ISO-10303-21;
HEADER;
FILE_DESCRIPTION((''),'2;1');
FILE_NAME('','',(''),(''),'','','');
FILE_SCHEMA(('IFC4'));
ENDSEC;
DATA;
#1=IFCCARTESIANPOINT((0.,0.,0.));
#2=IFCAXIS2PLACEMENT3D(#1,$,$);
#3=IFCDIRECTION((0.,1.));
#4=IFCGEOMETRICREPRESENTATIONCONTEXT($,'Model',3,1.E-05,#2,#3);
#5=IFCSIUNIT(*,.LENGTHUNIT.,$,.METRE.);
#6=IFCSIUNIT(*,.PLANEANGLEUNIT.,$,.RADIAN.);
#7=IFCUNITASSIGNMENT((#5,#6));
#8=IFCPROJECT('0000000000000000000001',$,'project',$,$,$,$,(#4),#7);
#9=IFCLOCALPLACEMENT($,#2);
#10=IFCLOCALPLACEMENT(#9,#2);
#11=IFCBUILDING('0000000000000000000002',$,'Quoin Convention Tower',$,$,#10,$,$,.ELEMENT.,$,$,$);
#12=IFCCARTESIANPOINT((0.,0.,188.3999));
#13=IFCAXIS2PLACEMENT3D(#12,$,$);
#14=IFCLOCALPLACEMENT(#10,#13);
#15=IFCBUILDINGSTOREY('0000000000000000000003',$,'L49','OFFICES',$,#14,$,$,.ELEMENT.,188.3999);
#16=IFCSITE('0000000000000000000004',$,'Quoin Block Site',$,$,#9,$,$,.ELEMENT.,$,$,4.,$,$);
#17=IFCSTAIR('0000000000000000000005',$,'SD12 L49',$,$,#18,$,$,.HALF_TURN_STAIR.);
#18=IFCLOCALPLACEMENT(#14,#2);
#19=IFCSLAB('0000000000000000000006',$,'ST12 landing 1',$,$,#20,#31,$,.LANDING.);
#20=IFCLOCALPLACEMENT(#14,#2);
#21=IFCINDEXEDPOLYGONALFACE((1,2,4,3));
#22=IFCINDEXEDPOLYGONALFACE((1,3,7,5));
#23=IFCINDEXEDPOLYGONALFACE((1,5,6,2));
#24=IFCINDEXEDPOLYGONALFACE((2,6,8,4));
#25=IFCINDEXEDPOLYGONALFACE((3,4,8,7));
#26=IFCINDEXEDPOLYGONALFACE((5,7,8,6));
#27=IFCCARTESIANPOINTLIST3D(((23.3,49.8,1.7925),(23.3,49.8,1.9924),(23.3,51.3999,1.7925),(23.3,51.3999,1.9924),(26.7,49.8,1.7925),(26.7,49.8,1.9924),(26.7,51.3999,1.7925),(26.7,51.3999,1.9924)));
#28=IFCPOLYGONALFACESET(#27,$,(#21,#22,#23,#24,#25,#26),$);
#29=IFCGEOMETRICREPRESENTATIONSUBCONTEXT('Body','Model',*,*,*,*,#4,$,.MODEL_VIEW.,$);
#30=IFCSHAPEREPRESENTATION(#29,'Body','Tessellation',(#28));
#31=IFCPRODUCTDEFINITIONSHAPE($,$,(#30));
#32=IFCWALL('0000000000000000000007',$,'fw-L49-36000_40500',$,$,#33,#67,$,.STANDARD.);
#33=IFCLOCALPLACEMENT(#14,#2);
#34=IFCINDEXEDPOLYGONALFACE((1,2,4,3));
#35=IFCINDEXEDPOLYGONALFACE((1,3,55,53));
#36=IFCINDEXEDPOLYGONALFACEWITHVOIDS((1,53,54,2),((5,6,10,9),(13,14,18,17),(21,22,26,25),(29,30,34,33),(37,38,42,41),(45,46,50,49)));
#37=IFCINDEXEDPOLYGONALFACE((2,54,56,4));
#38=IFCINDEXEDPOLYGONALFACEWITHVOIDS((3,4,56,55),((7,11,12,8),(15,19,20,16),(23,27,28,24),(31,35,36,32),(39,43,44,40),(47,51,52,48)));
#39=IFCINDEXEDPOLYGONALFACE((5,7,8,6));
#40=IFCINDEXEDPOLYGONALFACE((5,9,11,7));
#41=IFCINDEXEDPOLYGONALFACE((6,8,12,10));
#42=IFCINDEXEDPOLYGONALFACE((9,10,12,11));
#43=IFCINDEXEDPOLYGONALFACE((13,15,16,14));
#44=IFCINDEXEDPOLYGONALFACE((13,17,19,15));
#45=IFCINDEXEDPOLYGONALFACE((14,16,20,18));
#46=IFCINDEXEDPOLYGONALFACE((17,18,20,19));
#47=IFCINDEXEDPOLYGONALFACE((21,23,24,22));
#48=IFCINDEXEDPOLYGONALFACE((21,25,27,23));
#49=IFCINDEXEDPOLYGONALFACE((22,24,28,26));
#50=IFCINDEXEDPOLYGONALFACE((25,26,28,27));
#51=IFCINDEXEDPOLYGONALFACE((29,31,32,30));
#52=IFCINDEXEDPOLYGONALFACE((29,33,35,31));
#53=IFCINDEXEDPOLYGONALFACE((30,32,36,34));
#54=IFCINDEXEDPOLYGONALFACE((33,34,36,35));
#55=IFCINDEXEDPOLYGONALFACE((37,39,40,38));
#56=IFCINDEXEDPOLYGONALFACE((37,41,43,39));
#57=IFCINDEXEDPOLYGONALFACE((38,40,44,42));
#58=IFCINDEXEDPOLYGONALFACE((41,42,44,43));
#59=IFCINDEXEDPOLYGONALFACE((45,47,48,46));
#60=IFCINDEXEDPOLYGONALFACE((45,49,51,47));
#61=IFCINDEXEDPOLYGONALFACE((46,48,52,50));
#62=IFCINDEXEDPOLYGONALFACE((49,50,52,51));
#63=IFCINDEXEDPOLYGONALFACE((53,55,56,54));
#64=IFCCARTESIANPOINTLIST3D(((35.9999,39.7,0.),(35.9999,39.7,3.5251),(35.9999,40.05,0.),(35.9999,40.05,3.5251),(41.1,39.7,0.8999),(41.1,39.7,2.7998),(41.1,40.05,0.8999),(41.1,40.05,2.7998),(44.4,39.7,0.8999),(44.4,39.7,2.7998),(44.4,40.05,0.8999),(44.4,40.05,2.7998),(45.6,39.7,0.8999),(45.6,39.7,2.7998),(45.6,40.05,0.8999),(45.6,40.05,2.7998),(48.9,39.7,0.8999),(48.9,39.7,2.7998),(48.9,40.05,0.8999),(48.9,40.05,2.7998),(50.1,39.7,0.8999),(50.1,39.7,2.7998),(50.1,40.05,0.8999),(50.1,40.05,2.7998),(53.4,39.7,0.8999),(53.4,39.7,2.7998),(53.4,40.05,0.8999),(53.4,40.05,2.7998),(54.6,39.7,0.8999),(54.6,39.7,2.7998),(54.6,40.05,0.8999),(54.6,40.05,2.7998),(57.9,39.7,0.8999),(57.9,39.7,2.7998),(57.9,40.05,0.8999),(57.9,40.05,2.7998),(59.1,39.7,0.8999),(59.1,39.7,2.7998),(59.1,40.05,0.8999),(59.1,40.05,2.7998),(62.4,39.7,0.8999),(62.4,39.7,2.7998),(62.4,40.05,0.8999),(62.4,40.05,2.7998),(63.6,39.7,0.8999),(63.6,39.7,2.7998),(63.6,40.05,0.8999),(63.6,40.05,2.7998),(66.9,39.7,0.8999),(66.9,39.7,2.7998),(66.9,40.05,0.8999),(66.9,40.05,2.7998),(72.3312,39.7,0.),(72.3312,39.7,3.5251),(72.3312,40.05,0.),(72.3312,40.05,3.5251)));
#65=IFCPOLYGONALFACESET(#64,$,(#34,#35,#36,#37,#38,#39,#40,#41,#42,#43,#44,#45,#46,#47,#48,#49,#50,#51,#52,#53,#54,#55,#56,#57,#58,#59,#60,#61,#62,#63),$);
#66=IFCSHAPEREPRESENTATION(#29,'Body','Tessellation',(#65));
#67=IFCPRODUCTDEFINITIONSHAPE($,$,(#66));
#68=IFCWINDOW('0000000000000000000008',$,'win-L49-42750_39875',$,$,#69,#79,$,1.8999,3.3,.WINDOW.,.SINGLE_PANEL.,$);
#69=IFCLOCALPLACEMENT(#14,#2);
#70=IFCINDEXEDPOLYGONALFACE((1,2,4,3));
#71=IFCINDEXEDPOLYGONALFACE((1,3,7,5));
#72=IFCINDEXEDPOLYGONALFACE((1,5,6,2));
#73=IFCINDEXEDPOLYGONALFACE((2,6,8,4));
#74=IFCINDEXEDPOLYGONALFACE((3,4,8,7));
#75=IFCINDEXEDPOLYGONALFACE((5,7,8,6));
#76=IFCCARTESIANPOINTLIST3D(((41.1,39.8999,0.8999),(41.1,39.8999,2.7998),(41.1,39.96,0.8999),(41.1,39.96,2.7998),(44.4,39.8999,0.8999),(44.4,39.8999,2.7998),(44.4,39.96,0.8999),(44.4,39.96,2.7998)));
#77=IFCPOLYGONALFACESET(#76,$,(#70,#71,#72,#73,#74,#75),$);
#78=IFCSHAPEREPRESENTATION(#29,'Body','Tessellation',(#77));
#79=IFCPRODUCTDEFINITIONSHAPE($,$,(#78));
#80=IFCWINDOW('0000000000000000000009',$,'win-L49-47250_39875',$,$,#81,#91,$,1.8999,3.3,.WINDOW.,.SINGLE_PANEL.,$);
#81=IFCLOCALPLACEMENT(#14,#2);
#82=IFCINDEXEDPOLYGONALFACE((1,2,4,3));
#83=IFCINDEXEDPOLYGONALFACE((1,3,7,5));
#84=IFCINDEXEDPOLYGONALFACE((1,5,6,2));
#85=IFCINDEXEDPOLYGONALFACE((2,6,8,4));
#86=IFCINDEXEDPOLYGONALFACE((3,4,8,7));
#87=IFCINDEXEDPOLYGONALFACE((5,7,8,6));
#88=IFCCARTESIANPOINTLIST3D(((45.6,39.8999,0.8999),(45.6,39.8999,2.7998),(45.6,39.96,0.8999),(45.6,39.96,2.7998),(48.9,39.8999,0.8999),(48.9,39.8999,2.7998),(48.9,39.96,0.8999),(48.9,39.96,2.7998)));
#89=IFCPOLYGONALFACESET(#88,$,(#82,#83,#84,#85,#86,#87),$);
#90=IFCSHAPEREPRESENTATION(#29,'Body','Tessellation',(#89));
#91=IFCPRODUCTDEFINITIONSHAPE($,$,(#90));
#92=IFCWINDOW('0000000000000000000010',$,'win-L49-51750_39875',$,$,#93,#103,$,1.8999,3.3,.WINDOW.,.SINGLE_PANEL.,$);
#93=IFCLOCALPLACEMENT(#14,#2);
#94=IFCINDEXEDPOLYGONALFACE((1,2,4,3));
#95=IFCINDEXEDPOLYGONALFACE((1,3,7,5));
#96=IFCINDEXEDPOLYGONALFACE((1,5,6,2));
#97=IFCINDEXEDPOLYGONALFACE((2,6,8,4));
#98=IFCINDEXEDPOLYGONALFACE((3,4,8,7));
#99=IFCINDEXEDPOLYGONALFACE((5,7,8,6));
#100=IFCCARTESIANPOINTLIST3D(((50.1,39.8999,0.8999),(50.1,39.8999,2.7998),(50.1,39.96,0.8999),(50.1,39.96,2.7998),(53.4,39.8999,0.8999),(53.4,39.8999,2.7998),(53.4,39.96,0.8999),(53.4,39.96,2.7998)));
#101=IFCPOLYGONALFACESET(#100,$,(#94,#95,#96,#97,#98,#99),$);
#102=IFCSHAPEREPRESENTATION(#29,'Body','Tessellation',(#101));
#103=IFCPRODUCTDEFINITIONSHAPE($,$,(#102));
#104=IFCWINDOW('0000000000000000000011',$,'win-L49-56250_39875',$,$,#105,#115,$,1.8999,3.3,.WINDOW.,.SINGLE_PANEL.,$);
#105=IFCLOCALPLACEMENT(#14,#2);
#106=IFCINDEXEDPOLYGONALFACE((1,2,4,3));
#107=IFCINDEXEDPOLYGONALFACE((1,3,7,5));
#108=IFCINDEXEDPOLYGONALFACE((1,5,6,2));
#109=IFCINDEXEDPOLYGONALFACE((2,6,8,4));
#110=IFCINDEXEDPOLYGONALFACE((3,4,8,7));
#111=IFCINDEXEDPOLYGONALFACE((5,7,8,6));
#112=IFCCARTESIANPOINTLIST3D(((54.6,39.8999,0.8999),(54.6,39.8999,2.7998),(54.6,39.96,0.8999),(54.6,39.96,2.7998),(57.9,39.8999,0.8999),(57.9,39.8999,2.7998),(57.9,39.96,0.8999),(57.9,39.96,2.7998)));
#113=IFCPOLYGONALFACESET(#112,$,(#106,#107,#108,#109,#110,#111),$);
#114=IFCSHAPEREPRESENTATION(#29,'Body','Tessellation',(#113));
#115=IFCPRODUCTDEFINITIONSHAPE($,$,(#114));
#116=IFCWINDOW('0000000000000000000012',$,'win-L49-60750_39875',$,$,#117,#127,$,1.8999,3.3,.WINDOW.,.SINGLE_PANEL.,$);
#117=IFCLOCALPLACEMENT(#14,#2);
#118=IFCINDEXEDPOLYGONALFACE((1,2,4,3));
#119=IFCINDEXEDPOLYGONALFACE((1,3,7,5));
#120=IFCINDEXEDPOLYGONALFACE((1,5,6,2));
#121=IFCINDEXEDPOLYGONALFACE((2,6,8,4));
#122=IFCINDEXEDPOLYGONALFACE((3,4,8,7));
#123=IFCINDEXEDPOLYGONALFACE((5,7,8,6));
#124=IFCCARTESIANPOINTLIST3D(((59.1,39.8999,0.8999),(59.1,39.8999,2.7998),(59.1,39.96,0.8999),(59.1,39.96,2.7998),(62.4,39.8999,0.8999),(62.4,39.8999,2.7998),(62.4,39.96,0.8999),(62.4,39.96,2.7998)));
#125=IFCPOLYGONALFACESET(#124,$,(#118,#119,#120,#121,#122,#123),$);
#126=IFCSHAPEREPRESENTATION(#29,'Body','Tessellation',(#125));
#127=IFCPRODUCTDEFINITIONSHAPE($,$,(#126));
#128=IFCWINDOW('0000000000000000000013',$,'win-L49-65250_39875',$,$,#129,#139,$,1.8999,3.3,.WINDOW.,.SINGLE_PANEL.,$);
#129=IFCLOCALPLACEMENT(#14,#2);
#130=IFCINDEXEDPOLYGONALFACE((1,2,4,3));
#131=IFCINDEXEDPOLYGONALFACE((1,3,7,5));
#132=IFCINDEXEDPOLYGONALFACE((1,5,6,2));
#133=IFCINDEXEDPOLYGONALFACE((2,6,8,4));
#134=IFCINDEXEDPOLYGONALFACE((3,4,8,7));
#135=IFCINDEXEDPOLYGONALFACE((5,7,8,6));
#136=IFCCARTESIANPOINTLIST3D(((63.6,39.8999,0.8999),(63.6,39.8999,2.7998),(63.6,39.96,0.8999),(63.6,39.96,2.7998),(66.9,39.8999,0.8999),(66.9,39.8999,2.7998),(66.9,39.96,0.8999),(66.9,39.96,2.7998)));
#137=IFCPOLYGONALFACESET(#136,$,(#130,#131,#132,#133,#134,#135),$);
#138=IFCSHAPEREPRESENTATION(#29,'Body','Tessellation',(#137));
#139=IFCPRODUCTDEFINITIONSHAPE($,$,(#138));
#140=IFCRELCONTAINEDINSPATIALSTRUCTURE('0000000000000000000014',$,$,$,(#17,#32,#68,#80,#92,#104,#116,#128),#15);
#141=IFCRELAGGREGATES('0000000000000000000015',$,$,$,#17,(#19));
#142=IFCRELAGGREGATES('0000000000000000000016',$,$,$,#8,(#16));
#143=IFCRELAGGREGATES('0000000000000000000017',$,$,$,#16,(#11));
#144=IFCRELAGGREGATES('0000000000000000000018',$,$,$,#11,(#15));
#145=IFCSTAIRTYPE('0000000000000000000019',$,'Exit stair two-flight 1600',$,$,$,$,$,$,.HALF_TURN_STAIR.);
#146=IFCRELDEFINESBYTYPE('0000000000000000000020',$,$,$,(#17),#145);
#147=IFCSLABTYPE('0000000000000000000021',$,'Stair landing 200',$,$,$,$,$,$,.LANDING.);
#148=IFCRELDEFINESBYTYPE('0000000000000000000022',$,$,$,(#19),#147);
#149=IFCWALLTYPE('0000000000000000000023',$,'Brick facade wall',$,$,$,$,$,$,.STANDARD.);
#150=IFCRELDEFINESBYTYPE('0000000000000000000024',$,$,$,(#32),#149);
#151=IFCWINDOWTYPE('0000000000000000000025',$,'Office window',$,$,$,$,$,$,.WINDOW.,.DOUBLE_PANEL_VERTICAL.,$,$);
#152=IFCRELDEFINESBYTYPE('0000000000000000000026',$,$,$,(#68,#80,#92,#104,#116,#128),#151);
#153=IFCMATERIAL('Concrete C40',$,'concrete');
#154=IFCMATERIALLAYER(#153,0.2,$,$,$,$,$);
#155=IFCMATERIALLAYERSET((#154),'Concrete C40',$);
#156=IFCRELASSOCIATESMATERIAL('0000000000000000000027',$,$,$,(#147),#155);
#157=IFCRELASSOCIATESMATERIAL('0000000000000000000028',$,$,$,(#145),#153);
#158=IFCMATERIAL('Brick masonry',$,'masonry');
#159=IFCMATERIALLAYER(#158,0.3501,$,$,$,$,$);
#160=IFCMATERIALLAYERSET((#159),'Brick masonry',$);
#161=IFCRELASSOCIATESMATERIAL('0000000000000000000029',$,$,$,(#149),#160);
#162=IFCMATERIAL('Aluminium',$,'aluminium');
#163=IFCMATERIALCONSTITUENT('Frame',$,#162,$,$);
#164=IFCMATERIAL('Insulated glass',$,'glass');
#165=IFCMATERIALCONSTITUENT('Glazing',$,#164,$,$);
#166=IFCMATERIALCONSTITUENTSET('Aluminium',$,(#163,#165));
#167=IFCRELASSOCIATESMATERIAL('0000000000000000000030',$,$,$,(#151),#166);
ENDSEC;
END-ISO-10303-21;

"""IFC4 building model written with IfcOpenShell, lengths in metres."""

from ifc_helpers import new_model, si_unit, direction, frame, frame_2d, origin, place, context, subcontext, project, spatial, polyline, rectangle, outline, extrude, material, layer, layer_set, constituent, constituent_set, type_object, element, fill, aggregate, save


model = new_model("IFC4")

# Units and contexts
model_context = context("Model", 3, precision=1e-05, world=origin(), true_north=direction((0.0, 1.0)))
body_context = subcontext(model_context, "Body", "Model", "MODEL_VIEW")
ifc_project = project(units=[si_unit("LENGTHUNIT", "METRE"), si_unit("PLANEANGLEUNIT", "RADIAN")], contexts=[model_context])

# Site, building, storey
site_placement = place(None, origin())
site = spatial("IfcSite", under=ifc_project, at=site_placement, Name="Quoin Block Site", CompositionType="ELEMENT", RefElevation=4.0)
building_placement = place(site_placement, origin())
building = spatial("IfcBuilding", under=site, at=building_placement, Name="Quoin Convention Tower", CompositionType="ELEMENT")
storey_placement = place(building_placement, frame((0.0, 0.0, 188.3999)))
storey = spatial("IfcBuildingStorey", under=building, at=storey_placement, Name="L49", Description="OFFICES", CompositionType="ELEMENT", Elevation=188.3999)

# Shared definitions
ifc_material_1 = material(Name="Concrete C40", Category="concrete")

# Stair, slab
ifc_layer_1 = layer(ifc_material_1, 0.2)
ifc_layer_set_1 = layer_set([ifc_layer_1], Name="Concrete C40")
slab_type_1 = type_object("IfcSlabType", Name="Stair landing 200", PredefinedType="LANDING", material=ifc_layer_set_1)
stair_type_1 = type_object("IfcStairType", Name="Exit stair two-flight 1600", PredefinedType="HALF_TURN_STAIR", material=ifc_material_1)
stair_1_placement = place(storey_placement, origin())
stair_1 = element("IfcStair", 1, at=stair_1_placement, inside=storey, type_object=stair_type_1, Name="SD12 L49", PredefinedType="HALF_TURN_STAIR")
slab_1_placement = place(storey_placement, frame((0.0, 0.0, 1.7925)))
slab_1 = element("IfcSlab", 2, at=slab_1_placement, type_object=slab_type_1, Name="ST12 landing 1", PredefinedType="LANDING", context=body_context, shape_type="SweptSolid", body=[
    extrude(outline(polyline([(26.7, 51.3999), (23.3, 51.3999), (23.3, 49.8), (26.7, 49.8), (26.7, 51.3999)])), origin(), (0.0, 0.0, 1.0), 0.2),
])
aggregate(stair_1, [slab_1])

# Wall, openings, windows
ifc_material_2 = material(Name="Brick masonry", Category="masonry")
ifc_layer_2 = layer(ifc_material_2, 0.3501)
ifc_layer_set_2 = layer_set([ifc_layer_2], Name="Brick masonry")
wall_type_1 = type_object("IfcWallType", Name="Brick facade wall", PredefinedType="STANDARD", material=ifc_layer_set_2)
wall_1_placement = place(storey_placement, frame((36.0, 39.875, 0.0), z_axis=(0.0, 0.0, 1.0), x_axis=(1.0, 0.0, 0.0)))
wall_1 = element("IfcWall", 3, at=wall_1_placement, inside=storey, type_object=wall_type_1, Name="fw-L49-36000_40500", PredefinedType="STANDARD", context=body_context, shape_type="SweptSolid", body=[
    extrude(rectangle(XDim=36.3313, YDim=0.3501, at=frame_2d((18.1655, 0.0))), origin(), (0.0, 0.0, 1.0), 3.5251),
])
opening_1_placement = place(wall_1_placement, frame((5.1001, 0.0, 0.8999)))
opening_1 = element("IfcOpeningElement", 4, at=opening_1_placement, cuts=wall_1, PredefinedType="OPENING", context=body_context, shape_type="SweptSolid", body=[
    extrude(rectangle(XDim=3.3, YDim=1.8999, at=frame_2d((1.6499, 0.95))), frame((0.0, 0.1851, 0.0), z_axis=(0.0, -1.0, 0.0), x_axis=(1.0, 0.0, 0.0)), (0.0, 0.0, 1.0), 0.3701),
])
opening_2_placement = place(wall_1_placement, frame((9.6001, 0.0, 0.8999)))
opening_2 = element("IfcOpeningElement", 5, at=opening_2_placement, cuts=wall_1, PredefinedType="OPENING", context=body_context, shape_type="SweptSolid", body=[
    extrude(rectangle(XDim=3.3, YDim=1.8999, at=frame_2d((1.6499, 0.95))), frame((0.0, 0.1851, 0.0), z_axis=(0.0, -1.0, 0.0), x_axis=(1.0, 0.0, 0.0)), (0.0, 0.0, 1.0), 0.3701),
])
opening_3_placement = place(wall_1_placement, frame((14.1001, 0.0, 0.8999)))
opening_3 = element("IfcOpeningElement", 6, at=opening_3_placement, cuts=wall_1, PredefinedType="OPENING", context=body_context, shape_type="SweptSolid", body=[
    extrude(rectangle(XDim=3.3, YDim=1.8999, at=frame_2d((1.6499, 0.95))), frame((0.0, 0.1851, 0.0), z_axis=(0.0, -1.0, 0.0), x_axis=(1.0, 0.0, 0.0)), (0.0, 0.0, 1.0), 0.3701),
])
opening_4_placement = place(wall_1_placement, frame((18.6001, 0.0, 0.8999)))
opening_4 = element("IfcOpeningElement", 7, at=opening_4_placement, cuts=wall_1, PredefinedType="OPENING", context=body_context, shape_type="SweptSolid", body=[
    extrude(rectangle(XDim=3.3, YDim=1.8999, at=frame_2d((1.6499, 0.95))), frame((0.0, 0.1851, 0.0), z_axis=(0.0, -1.0, 0.0), x_axis=(1.0, 0.0, 0.0)), (0.0, 0.0, 1.0), 0.3701),
])
opening_5_placement = place(wall_1_placement, frame((23.1001, 0.0, 0.8999)))
opening_5 = element("IfcOpeningElement", 8, at=opening_5_placement, cuts=wall_1, PredefinedType="OPENING", context=body_context, shape_type="SweptSolid", body=[
    extrude(rectangle(XDim=3.3, YDim=1.8999, at=frame_2d((1.6499, 0.95))), frame((0.0, 0.1851, 0.0), z_axis=(0.0, -1.0, 0.0), x_axis=(1.0, 0.0, 0.0)), (0.0, 0.0, 1.0), 0.3701),
])
opening_6_placement = place(wall_1_placement, frame((27.6001, 0.0, 0.8999)))
opening_6 = element("IfcOpeningElement", 9, at=opening_6_placement, cuts=wall_1, PredefinedType="OPENING", context=body_context, shape_type="SweptSolid", body=[
    extrude(rectangle(XDim=3.3, YDim=1.8999, at=frame_2d((1.6499, 0.95))), frame((0.0, 0.1851, 0.0), z_axis=(0.0, -1.0, 0.0), x_axis=(1.0, 0.0, 0.0)), (0.0, 0.0, 1.0), 0.3701),
])
ifc_material_3 = material(Name="Aluminium", Category="aluminium")
ifc_constituent_1 = constituent(ifc_material_3, Name="Frame")
ifc_material_4 = material(Name="Insulated glass", Category="glass")
ifc_constituent_2 = constituent(ifc_material_4, Name="Glazing")
ifc_constituent_set = constituent_set(constituents=[ifc_constituent_1, ifc_constituent_2], Name="Aluminium")
window_type = type_object("IfcWindowType", Name="Office window", PartitioningType="DOUBLE_PANEL_VERTICAL", PredefinedType="WINDOW", material=ifc_constituent_set)
window_1_placement = place(opening_1_placement, origin())
window_1 = element("IfcWindow", 10, at=window_1_placement, inside=storey, type_object=window_type, Name="win-L49-42750_39875", OverallHeight=1.8999, OverallWidth=3.3, PartitioningType="SINGLE_PANEL", PredefinedType="WINDOW", context=body_context, shape_type="SweptSolid", body=[
    extrude(rectangle(XDim=3.3, YDim=1.8999, at=frame_2d((1.6499, 0.95))), frame((0.0, 0.085, 0.0), z_axis=(0.0, -1.0, 0.0), x_axis=(1.0, 0.0, 0.0)), (0.0, 0.0, 1.0), 0.0601),
])
fill(opening_1, window_1)
window_2_placement = place(opening_2_placement, origin())
window_2 = element("IfcWindow", 11, at=window_2_placement, inside=storey, type_object=window_type, Name="win-L49-47250_39875", OverallHeight=1.8999, OverallWidth=3.3, PartitioningType="SINGLE_PANEL", PredefinedType="WINDOW", context=body_context, shape_type="SweptSolid", body=[
    extrude(rectangle(XDim=3.3, YDim=1.8999, at=frame_2d((1.6499, 0.95))), frame((0.0, 0.085, 0.0), z_axis=(0.0, -1.0, 0.0), x_axis=(1.0, 0.0, 0.0)), (0.0, 0.0, 1.0), 0.0601),
])
fill(opening_2, window_2)
window_3_placement = place(opening_3_placement, origin())
window_3 = element("IfcWindow", 12, at=window_3_placement, inside=storey, type_object=window_type, Name="win-L49-51750_39875", OverallHeight=1.8999, OverallWidth=3.3, PartitioningType="SINGLE_PANEL", PredefinedType="WINDOW", context=body_context, shape_type="SweptSolid", body=[
    extrude(rectangle(XDim=3.3, YDim=1.8999, at=frame_2d((1.6499, 0.95))), frame((0.0, 0.085, 0.0), z_axis=(0.0, -1.0, 0.0), x_axis=(1.0, 0.0, 0.0)), (0.0, 0.0, 1.0), 0.0601),
])
fill(opening_3, window_3)
window_4_placement = place(opening_4_placement, origin())
window_4 = element("IfcWindow", 13, at=window_4_placement, inside=storey, type_object=window_type, Name="win-L49-56250_39875", OverallHeight=1.8999, OverallWidth=3.3, PartitioningType="SINGLE_PANEL", PredefinedType="WINDOW", context=body_context, shape_type="SweptSolid", body=[
    extrude(rectangle(XDim=3.3, YDim=1.8999, at=frame_2d((1.6499, 0.95))), frame((0.0, 0.085, 0.0), z_axis=(0.0, -1.0, 0.0), x_axis=(1.0, 0.0, 0.0)), (0.0, 0.0, 1.0), 0.0601),
])
fill(opening_4, window_4)
window_5_placement = place(opening_5_placement, origin())
window_5 = element("IfcWindow", 14, at=window_5_placement, inside=storey, type_object=window_type, Name="win-L49-60750_39875", OverallHeight=1.8999, OverallWidth=3.3, PartitioningType="SINGLE_PANEL", PredefinedType="WINDOW", context=body_context, shape_type="SweptSolid", body=[
    extrude(rectangle(XDim=3.3, YDim=1.8999, at=frame_2d((1.6499, 0.95))), frame((0.0, 0.085, 0.0), z_axis=(0.0, -1.0, 0.0), x_axis=(1.0, 0.0, 0.0)), (0.0, 0.0, 1.0), 0.0601),
])
fill(opening_5, window_5)
window_6_placement = place(opening_6_placement, origin())
window_6 = element("IfcWindow", 15, at=window_6_placement, inside=storey, type_object=window_type, Name="win-L49-65250_39875", OverallHeight=1.8999, OverallWidth=3.3, PartitioningType="SINGLE_PANEL", PredefinedType="WINDOW", context=body_context, shape_type="SweptSolid", body=[
    extrude(rectangle(XDim=3.3, YDim=1.8999, at=frame_2d((1.6499, 0.95))), frame((0.0, 0.085, 0.0), z_axis=(0.0, -1.0, 0.0), x_axis=(1.0, 0.0, 0.0)), (0.0, 0.0, 1.0), 0.0601),
])
fill(opening_6, window_6)

save(model, "model.ifc")
